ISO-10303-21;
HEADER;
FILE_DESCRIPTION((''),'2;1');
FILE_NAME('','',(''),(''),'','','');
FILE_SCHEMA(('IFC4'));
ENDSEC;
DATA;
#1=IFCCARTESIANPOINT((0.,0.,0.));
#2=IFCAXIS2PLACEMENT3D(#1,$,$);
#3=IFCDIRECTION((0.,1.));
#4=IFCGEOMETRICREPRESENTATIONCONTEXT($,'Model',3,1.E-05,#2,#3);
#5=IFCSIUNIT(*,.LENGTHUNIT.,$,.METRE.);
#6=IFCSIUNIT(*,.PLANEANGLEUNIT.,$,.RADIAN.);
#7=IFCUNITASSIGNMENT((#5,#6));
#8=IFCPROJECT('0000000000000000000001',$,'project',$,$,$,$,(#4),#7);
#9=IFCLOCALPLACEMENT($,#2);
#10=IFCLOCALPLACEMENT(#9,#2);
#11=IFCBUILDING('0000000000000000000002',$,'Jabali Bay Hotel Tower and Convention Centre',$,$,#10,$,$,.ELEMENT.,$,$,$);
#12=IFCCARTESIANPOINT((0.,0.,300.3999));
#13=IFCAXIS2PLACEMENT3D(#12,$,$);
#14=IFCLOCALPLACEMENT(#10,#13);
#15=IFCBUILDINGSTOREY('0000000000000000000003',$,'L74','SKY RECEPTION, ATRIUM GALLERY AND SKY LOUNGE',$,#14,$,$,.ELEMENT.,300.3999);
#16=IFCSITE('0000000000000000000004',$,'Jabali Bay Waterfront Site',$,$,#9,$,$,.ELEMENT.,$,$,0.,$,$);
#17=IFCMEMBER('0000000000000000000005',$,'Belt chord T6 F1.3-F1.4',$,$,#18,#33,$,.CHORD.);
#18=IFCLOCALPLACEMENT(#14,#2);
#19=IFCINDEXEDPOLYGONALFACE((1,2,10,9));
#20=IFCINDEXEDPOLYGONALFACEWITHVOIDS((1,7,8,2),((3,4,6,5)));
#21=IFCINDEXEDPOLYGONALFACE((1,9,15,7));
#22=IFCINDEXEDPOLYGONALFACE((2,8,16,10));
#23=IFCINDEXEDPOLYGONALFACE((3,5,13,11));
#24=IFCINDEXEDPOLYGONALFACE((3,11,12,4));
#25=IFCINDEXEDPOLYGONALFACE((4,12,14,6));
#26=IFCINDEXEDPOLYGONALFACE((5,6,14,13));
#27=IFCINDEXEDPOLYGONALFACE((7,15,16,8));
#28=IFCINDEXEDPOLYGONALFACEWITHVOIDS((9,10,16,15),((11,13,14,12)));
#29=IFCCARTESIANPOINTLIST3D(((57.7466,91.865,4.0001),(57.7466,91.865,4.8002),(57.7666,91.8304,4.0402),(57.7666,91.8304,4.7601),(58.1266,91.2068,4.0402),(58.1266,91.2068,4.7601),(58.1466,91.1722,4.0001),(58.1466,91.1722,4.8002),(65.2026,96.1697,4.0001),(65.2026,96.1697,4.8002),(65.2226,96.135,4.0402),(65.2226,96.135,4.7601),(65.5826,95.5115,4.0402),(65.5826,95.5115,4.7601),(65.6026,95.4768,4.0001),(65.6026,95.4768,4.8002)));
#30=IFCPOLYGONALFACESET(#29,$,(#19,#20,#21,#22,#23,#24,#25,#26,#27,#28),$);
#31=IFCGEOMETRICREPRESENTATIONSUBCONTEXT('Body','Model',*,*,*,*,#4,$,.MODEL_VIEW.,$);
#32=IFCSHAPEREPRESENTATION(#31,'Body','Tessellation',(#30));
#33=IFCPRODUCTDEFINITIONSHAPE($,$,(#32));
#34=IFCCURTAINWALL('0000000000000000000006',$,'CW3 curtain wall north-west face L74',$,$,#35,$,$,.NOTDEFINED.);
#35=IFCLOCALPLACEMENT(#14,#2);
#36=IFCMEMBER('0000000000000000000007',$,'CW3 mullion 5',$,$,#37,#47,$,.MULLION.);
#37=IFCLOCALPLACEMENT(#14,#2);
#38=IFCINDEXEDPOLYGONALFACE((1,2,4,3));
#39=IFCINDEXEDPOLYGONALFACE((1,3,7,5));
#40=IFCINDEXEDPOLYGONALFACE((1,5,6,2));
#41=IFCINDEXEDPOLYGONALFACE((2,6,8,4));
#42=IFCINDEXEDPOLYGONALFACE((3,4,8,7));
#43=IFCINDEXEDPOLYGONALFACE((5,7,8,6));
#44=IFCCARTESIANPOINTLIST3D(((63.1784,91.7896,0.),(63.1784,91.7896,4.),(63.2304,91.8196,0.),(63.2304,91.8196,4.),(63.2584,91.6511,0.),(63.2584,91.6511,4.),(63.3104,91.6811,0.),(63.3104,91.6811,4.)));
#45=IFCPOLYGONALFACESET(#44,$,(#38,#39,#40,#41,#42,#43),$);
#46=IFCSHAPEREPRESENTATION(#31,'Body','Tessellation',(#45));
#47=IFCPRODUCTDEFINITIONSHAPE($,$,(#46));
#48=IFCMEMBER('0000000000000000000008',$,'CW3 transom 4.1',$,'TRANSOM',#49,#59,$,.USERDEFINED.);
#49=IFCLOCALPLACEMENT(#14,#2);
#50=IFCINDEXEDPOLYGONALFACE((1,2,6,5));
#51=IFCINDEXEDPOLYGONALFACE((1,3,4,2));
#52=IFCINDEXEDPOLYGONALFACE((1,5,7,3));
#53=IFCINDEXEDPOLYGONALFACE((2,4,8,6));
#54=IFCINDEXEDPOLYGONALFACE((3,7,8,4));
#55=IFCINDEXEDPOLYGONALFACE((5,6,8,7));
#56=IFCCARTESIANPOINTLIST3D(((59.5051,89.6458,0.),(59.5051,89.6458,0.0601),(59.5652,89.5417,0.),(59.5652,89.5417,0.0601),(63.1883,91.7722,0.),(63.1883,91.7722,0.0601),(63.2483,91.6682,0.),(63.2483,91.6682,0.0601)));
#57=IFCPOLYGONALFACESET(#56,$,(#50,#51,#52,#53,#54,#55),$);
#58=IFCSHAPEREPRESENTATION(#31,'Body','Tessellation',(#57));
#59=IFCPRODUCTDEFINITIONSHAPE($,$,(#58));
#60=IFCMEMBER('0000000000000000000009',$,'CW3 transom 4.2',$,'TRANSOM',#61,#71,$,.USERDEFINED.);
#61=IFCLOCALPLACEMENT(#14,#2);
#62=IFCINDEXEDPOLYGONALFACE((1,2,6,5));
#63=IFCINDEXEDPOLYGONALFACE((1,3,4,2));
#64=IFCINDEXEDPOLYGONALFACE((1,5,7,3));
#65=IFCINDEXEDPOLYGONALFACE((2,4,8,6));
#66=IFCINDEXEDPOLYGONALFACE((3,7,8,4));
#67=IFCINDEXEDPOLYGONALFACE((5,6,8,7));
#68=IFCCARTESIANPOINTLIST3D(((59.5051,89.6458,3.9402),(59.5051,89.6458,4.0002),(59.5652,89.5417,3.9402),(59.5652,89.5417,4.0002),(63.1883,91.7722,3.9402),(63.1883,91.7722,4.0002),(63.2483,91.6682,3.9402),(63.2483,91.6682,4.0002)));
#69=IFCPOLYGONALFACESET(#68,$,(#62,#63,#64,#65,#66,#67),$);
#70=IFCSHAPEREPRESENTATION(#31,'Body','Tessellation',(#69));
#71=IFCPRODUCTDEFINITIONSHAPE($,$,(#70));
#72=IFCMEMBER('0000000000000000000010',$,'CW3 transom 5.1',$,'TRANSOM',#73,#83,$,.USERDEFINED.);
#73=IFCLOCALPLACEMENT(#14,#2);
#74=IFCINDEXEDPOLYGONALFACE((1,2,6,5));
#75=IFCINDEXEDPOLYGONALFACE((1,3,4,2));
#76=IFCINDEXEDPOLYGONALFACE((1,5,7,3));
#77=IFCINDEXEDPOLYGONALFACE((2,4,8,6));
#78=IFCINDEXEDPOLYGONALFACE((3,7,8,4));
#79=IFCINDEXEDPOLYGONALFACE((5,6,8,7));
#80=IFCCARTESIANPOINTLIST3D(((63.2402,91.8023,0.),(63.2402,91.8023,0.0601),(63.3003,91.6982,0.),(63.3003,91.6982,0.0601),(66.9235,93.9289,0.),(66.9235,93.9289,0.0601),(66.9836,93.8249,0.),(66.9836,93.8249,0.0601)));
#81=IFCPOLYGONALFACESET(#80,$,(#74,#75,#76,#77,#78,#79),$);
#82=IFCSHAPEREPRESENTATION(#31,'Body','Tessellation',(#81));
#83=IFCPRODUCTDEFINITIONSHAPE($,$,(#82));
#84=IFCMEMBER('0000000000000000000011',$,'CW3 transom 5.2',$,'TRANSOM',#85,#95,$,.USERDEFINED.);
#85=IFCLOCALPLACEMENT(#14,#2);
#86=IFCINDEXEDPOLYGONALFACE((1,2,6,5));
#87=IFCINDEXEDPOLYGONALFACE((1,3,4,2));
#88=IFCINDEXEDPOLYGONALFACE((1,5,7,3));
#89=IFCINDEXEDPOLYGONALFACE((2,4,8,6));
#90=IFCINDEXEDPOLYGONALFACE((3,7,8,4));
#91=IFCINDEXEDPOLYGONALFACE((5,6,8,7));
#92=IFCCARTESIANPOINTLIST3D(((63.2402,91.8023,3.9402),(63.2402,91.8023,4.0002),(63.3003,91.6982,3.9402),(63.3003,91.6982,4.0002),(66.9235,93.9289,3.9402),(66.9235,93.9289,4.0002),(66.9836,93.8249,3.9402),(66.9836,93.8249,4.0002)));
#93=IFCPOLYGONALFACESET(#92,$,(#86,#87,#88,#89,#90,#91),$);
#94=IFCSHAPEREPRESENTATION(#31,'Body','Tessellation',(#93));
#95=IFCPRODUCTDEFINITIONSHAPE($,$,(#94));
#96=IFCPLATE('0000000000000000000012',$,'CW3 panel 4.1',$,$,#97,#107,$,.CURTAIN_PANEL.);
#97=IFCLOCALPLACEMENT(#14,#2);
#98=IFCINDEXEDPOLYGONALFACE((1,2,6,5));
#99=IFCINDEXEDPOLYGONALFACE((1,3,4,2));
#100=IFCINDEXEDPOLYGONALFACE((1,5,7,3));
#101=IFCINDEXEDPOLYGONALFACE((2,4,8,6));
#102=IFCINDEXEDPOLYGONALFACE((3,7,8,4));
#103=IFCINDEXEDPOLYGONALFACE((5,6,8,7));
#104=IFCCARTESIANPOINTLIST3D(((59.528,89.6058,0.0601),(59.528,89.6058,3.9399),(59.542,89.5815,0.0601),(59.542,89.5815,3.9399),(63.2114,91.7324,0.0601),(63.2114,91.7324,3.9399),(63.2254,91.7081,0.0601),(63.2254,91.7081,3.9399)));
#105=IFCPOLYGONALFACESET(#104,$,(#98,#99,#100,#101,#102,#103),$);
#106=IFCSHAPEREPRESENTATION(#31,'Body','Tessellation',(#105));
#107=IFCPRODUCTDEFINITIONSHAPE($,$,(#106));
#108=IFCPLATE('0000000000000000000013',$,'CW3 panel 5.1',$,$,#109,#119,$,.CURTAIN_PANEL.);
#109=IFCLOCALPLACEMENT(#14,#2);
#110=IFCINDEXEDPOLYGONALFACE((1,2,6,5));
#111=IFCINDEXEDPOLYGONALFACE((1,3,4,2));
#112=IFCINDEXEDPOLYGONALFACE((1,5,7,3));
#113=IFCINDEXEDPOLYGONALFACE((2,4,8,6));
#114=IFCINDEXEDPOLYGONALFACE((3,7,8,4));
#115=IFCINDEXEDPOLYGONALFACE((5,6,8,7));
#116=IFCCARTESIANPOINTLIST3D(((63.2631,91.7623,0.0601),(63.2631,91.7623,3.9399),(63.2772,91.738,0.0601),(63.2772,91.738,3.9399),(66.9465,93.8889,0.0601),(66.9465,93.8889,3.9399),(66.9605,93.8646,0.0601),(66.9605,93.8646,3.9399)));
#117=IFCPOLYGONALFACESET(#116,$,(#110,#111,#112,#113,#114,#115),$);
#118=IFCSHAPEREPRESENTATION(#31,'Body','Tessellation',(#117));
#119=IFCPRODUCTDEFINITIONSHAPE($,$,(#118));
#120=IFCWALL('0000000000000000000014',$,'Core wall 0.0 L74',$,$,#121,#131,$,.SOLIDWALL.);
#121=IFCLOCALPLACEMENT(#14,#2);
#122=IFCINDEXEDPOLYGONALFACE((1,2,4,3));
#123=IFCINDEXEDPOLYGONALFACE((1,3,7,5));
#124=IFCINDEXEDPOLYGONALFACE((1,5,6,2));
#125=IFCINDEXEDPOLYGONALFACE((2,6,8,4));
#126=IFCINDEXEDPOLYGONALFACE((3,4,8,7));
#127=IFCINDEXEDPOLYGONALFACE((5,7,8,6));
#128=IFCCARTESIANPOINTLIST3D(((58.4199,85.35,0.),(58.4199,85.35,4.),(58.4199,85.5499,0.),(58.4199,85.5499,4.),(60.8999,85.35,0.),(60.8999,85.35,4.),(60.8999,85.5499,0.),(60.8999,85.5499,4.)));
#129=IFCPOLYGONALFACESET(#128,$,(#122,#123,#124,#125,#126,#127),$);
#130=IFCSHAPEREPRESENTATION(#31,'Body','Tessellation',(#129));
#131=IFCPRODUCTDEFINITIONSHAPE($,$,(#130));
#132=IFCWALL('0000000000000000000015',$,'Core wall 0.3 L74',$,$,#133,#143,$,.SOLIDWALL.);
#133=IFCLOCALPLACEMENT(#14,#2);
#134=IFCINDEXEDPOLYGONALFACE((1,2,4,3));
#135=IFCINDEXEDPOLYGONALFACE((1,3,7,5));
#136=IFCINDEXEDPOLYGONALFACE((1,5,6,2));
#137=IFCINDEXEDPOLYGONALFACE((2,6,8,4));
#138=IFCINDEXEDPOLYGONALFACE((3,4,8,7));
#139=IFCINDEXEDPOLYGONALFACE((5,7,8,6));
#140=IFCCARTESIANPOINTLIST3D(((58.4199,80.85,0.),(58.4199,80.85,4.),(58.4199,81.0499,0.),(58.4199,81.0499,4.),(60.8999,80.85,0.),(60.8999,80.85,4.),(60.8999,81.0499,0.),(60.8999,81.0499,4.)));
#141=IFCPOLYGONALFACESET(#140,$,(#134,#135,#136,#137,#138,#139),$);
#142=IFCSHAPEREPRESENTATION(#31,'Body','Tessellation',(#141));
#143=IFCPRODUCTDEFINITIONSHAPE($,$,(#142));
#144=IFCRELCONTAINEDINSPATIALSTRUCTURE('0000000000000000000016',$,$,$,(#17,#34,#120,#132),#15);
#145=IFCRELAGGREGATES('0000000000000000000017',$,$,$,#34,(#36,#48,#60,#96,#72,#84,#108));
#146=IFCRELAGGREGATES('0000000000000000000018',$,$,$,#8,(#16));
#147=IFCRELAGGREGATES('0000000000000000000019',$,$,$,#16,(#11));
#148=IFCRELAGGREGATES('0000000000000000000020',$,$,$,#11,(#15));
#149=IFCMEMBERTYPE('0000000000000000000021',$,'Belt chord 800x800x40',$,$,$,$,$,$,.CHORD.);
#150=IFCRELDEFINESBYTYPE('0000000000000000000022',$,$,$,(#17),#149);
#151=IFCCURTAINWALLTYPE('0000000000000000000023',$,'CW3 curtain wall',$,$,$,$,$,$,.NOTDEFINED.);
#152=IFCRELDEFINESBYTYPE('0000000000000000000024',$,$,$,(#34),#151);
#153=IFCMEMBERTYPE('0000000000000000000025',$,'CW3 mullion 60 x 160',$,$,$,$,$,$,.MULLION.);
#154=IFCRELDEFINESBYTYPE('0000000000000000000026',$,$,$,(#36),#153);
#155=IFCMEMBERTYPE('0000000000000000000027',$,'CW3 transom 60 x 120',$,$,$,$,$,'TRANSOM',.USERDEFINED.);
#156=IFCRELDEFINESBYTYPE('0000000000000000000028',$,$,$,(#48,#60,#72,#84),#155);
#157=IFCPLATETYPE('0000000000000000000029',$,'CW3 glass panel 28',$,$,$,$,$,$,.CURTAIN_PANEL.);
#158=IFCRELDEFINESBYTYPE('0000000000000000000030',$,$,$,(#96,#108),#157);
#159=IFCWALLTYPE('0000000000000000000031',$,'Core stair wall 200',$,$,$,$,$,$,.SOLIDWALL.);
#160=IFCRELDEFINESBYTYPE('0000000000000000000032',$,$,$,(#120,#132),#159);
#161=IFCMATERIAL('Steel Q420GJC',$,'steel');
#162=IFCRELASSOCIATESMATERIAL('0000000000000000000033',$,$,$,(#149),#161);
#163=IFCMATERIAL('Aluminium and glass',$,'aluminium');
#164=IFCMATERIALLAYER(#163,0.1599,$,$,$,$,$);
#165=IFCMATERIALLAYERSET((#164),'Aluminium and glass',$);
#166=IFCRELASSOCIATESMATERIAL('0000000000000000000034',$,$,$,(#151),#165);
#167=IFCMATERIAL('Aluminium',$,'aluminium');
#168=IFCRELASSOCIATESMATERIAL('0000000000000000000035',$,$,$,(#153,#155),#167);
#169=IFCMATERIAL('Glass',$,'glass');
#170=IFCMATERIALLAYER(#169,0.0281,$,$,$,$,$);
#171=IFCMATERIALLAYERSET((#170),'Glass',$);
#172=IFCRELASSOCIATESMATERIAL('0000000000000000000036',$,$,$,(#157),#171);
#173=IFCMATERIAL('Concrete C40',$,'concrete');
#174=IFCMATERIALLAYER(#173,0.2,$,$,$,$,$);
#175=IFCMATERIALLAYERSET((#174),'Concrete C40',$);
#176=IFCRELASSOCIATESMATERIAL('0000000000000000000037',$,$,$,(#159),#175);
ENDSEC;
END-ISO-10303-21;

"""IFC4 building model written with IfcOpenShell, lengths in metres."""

from ifc_helpers import new_model, si_unit, direction, frame, frame_2d, origin, origin_2d, place, context, subcontext, project, spatial, rectangle, hollow_rectangle, extrude, material, layer, layer_set, material_profile, profile_set, type_object, element, aggregate, save


model = new_model("IFC4")

# Units and contexts
model_context = context("Model", 3, precision=1e-05, world=origin(), true_north=direction((0.0, 1.0)))
body_context = subcontext(model_context, "Body", "Model", "MODEL_VIEW")
ifc_project = project(units=[si_unit("LENGTHUNIT", "METRE"), si_unit("PLANEANGLEUNIT", "RADIAN")], contexts=[model_context])

# Site, building, storey
site_placement = place(None, origin())
site = spatial("IfcSite", under=ifc_project, at=site_placement, Name="Jabali Bay Waterfront Site", CompositionType="ELEMENT", RefElevation=0.0)
building_placement = place(site_placement, origin())
building = spatial("IfcBuilding", under=site, at=building_placement, Name="Jabali Bay Hotel Tower and Convention Centre", CompositionType="ELEMENT")
storey_placement = place(building_placement, frame((0.0, 0.0, 300.3999)))
storey = spatial("IfcBuildingStorey", under=building, at=storey_placement, Name="L74", Description="SKY RECEPTION, ATRIUM GALLERY AND SKY LOUNGE", CompositionType="ELEMENT", Elevation=300.3999)

# Member
ifc_material_1 = material(Name="Steel Q420GJC", Category="steel")
ifc_material_profile_1 = material_profile(ifc_material_1, hollow_rectangle(XDim=0.8, YDim=0.8, WallThickness=0.04, at=origin_2d()), Name="Belt chord 800x800x40")
ifc_profile_set_1 = profile_set([ifc_material_profile_1], Name="Steel Q420GJC")
member_type_1 = type_object("IfcMemberType", Name="Belt chord 800x800x40", PredefinedType="CHORD", material=ifc_profile_set_1)
member_1_placement = place(storey_placement, frame((65.4026, 95.8232, 4.4001), z_axis=(-0.866029, -0.499994, 0.0), x_axis=(0.499994, -0.866029, 0.0)))
element("IfcMember", 1, at=member_1_placement, inside=storey, type_object=member_type_1, Name="Belt chord T6 F1.3-F1.4", PredefinedType="CHORD", context=body_context, shape_type="SweptSolid", body=[
    extrude(hollow_rectangle(XDim=0.8, YDim=0.8, WallThickness=0.04, at=origin_2d()), origin(), (0.0, 0.0, 1.0), 8.6094),
])

# Curtain wall, members, plates
ifc_material_2 = material(Name="Aluminium and glass", Category="aluminium")
ifc_layer_1 = layer(ifc_material_2, 0.1599)
ifc_layer_set_1 = layer_set([ifc_layer_1], Name="Aluminium and glass")
curtain_wall_type = type_object("IfcCurtainWallType", Name="CW3 curtain wall", PredefinedType="NOTDEFINED", material=ifc_layer_set_1)
curtain_wall_placement = place(storey_placement, origin())
curtain_wall = element("IfcCurtainWall", 2, at=curtain_wall_placement, inside=storey, type_object=curtain_wall_type, Name="CW3 curtain wall north-west face L74", PredefinedType="NOTDEFINED")
ifc_material_3 = material(Name="Aluminium", Category="aluminium")
ifc_material_profile_2 = material_profile(ifc_material_3, rectangle(XDim=0.1599, YDim=0.0601, at=origin_2d()), Name="CW3 mullion 60 x 160")
ifc_profile_set_2 = profile_set([ifc_material_profile_2], Name="Aluminium")
member_type_2 = type_object("IfcMemberType", Name="CW3 mullion 60 x 160", PredefinedType="MULLION", material=ifc_profile_set_2)
member_2_placement = place(storey_placement, frame((63.2444, 91.7354, 0.0), z_axis=(0.0, 0.0, 1.0), x_axis=(-0.5, 0.866025, 0.0)))
member_2 = element("IfcMember", 3, at=member_2_placement, type_object=member_type_2, Name="CW3 mullion 5", PredefinedType="MULLION", context=body_context, shape_type="SweptSolid", body=[
    extrude(rectangle(XDim=0.1599, YDim=0.0601, at=origin_2d()), origin(), (0.0, 0.0, 1.0), 4.0),
])
ifc_material_profile_3 = material_profile(ifc_material_3, rectangle(XDim=0.1201, YDim=0.0601, at=origin_2d()), Name="CW3 transom 60 x 120")
ifc_profile_set_3 = profile_set([ifc_material_profile_3], Name="Aluminium")
member_type_3 = type_object("IfcMemberType", Name="CW3 transom 60 x 120", ElementType="TRANSOM", PredefinedType="USERDEFINED", material=ifc_profile_set_3)
member_3_placement = place(storey_placement, frame((59.5352, 89.5938, 0.03), z_axis=(0.866023, 0.500004, 0.0), x_axis=(-0.500004, 0.866023, 0.0)))
member_3 = element("IfcMember", 4, at=member_3_placement, type_object=member_type_3, Name="CW3 transom 4.1", ObjectType="TRANSOM", PredefinedType="USERDEFINED", context=body_context, shape_type="SweptSolid", body=[
    extrude(rectangle(XDim=0.1201, YDim=0.0601, at=origin_2d()), origin(), (0.0, 0.0, 1.0), 4.2529),
])
member_4_placement = place(storey_placement, frame((59.5352, 89.5938, 3.9702), z_axis=(0.866023, 0.500004, 0.0), x_axis=(-0.500004, 0.866023, 0.0)))
member_4 = element("IfcMember", 5, at=member_4_placement, type_object=member_type_3, Name="CW3 transom 4.2", ObjectType="TRANSOM", PredefinedType="USERDEFINED", context=body_context, shape_type="SweptSolid", body=[
    extrude(rectangle(XDim=0.1201, YDim=0.0601, at=origin_2d()), origin(), (0.0, 0.0, 1.0), 4.2529),
])
member_5_placement = place(storey_placement, frame((63.2703, 91.7502, 0.03), z_axis=(0.866013, 0.500022, 0.0), x_axis=(-0.500022, 0.866013, 0.0)))
member_5 = element("IfcMember", 6, at=member_5_placement, type_object=member_type_3, Name="CW3 transom 5.1", ObjectType="TRANSOM", PredefinedType="USERDEFINED", context=body_context, shape_type="SweptSolid", body=[
    extrude(rectangle(XDim=0.1201, YDim=0.0601, at=origin_2d()), origin(), (0.0, 0.0, 1.0), 4.2532),
])
member_6_placement = place(storey_placement, frame((63.2703, 91.7502, 3.9702), z_axis=(0.866013, 0.500022, 0.0), x_axis=(-0.500022, 0.866013, 0.0)))
member_6 = element("IfcMember", 7, at=member_6_placement, type_object=member_type_3, Name="CW3 transom 5.2", ObjectType="TRANSOM", PredefinedType="USERDEFINED", context=body_context, shape_type="SweptSolid", body=[
    extrude(rectangle(XDim=0.1201, YDim=0.0601, at=origin_2d()), origin(), (0.0, 0.0, 1.0), 4.2532),
])
ifc_material_4 = material(Name="Glass", Category="glass")
ifc_layer_2 = layer(ifc_material_4, 0.0281)
ifc_layer_set_2 = layer_set([ifc_layer_2], Name="Glass")
plate_type = type_object("IfcPlateType", Name="CW3 glass panel 28", PredefinedType="CURTAIN_PANEL", material=ifc_layer_set_2)
plate_1_placement = place(storey_placement, frame((61.3767, 90.657, 0.0601), z_axis=(0.0, 0.0, 1.0), x_axis=(0.866025, 0.5, 0.0)))
plate_1 = element("IfcPlate", 8, at=plate_1_placement, type_object=plate_type, Name="CW3 panel 4.1", PredefinedType="CURTAIN_PANEL", context=body_context, shape_type="SweptSolid", body=[
    extrude(rectangle(XDim=4.2532, YDim=0.0281, at=origin_2d()), origin(), (0.0, 0.0, 1.0), 3.8799),
])
plate_2_placement = place(storey_placement, frame((65.1118, 92.8135, 0.0601), z_axis=(0.0, 0.0, 1.0), x_axis=(0.866025, 0.5, 0.0)))
plate_2 = element("IfcPlate", 9, at=plate_2_placement, type_object=plate_type, Name="CW3 panel 5.1", PredefinedType="CURTAIN_PANEL", context=body_context, shape_type="SweptSolid", body=[
    extrude(rectangle(XDim=4.2532, YDim=0.0281, at=origin_2d()), origin(), (0.0, 0.0, 1.0), 3.8799),
])
aggregate(curtain_wall, [member_2, member_3, member_4, plate_1, member_5, member_6, plate_2])

# Walls
ifc_material_5 = material(Name="Concrete C40", Category="concrete")
ifc_layer_3 = layer(ifc_material_5, 0.2)
ifc_layer_set_3 = layer_set([ifc_layer_3], Name="Concrete C40")
wall_type_1 = type_object("IfcWallType", Name="Core stair wall 200", PredefinedType="SOLIDWALL", material=ifc_layer_set_3)
for number, where, z_axis, x_axis, name in (
    (10, (60.8999, 85.45, 0.0), (0.0, 0.0, 1.0), (-1.0, 0.0, 0.0), "Core wall 0.0 L74"),
    (11, (60.8999, 80.95, 0.0), (0.0, 0.0, 1.0), (-1.0, 0.0, 0.0), "Core wall 0.3 L74"),
):
    element("IfcWall", number, at=place(storey_placement, frame(where, z_axis=z_axis, x_axis=x_axis)), inside=storey, type_object=wall_type_1, Name=name, PredefinedType="SOLIDWALL", context=body_context, shape_type="SweptSolid", body=[
        extrude(rectangle(XDim=2.48, YDim=0.2, at=frame_2d((1.24, 0.0))), origin(), (0.0, 0.0, 1.0), 4.0),
    ])

save(model, "model.ifc")
